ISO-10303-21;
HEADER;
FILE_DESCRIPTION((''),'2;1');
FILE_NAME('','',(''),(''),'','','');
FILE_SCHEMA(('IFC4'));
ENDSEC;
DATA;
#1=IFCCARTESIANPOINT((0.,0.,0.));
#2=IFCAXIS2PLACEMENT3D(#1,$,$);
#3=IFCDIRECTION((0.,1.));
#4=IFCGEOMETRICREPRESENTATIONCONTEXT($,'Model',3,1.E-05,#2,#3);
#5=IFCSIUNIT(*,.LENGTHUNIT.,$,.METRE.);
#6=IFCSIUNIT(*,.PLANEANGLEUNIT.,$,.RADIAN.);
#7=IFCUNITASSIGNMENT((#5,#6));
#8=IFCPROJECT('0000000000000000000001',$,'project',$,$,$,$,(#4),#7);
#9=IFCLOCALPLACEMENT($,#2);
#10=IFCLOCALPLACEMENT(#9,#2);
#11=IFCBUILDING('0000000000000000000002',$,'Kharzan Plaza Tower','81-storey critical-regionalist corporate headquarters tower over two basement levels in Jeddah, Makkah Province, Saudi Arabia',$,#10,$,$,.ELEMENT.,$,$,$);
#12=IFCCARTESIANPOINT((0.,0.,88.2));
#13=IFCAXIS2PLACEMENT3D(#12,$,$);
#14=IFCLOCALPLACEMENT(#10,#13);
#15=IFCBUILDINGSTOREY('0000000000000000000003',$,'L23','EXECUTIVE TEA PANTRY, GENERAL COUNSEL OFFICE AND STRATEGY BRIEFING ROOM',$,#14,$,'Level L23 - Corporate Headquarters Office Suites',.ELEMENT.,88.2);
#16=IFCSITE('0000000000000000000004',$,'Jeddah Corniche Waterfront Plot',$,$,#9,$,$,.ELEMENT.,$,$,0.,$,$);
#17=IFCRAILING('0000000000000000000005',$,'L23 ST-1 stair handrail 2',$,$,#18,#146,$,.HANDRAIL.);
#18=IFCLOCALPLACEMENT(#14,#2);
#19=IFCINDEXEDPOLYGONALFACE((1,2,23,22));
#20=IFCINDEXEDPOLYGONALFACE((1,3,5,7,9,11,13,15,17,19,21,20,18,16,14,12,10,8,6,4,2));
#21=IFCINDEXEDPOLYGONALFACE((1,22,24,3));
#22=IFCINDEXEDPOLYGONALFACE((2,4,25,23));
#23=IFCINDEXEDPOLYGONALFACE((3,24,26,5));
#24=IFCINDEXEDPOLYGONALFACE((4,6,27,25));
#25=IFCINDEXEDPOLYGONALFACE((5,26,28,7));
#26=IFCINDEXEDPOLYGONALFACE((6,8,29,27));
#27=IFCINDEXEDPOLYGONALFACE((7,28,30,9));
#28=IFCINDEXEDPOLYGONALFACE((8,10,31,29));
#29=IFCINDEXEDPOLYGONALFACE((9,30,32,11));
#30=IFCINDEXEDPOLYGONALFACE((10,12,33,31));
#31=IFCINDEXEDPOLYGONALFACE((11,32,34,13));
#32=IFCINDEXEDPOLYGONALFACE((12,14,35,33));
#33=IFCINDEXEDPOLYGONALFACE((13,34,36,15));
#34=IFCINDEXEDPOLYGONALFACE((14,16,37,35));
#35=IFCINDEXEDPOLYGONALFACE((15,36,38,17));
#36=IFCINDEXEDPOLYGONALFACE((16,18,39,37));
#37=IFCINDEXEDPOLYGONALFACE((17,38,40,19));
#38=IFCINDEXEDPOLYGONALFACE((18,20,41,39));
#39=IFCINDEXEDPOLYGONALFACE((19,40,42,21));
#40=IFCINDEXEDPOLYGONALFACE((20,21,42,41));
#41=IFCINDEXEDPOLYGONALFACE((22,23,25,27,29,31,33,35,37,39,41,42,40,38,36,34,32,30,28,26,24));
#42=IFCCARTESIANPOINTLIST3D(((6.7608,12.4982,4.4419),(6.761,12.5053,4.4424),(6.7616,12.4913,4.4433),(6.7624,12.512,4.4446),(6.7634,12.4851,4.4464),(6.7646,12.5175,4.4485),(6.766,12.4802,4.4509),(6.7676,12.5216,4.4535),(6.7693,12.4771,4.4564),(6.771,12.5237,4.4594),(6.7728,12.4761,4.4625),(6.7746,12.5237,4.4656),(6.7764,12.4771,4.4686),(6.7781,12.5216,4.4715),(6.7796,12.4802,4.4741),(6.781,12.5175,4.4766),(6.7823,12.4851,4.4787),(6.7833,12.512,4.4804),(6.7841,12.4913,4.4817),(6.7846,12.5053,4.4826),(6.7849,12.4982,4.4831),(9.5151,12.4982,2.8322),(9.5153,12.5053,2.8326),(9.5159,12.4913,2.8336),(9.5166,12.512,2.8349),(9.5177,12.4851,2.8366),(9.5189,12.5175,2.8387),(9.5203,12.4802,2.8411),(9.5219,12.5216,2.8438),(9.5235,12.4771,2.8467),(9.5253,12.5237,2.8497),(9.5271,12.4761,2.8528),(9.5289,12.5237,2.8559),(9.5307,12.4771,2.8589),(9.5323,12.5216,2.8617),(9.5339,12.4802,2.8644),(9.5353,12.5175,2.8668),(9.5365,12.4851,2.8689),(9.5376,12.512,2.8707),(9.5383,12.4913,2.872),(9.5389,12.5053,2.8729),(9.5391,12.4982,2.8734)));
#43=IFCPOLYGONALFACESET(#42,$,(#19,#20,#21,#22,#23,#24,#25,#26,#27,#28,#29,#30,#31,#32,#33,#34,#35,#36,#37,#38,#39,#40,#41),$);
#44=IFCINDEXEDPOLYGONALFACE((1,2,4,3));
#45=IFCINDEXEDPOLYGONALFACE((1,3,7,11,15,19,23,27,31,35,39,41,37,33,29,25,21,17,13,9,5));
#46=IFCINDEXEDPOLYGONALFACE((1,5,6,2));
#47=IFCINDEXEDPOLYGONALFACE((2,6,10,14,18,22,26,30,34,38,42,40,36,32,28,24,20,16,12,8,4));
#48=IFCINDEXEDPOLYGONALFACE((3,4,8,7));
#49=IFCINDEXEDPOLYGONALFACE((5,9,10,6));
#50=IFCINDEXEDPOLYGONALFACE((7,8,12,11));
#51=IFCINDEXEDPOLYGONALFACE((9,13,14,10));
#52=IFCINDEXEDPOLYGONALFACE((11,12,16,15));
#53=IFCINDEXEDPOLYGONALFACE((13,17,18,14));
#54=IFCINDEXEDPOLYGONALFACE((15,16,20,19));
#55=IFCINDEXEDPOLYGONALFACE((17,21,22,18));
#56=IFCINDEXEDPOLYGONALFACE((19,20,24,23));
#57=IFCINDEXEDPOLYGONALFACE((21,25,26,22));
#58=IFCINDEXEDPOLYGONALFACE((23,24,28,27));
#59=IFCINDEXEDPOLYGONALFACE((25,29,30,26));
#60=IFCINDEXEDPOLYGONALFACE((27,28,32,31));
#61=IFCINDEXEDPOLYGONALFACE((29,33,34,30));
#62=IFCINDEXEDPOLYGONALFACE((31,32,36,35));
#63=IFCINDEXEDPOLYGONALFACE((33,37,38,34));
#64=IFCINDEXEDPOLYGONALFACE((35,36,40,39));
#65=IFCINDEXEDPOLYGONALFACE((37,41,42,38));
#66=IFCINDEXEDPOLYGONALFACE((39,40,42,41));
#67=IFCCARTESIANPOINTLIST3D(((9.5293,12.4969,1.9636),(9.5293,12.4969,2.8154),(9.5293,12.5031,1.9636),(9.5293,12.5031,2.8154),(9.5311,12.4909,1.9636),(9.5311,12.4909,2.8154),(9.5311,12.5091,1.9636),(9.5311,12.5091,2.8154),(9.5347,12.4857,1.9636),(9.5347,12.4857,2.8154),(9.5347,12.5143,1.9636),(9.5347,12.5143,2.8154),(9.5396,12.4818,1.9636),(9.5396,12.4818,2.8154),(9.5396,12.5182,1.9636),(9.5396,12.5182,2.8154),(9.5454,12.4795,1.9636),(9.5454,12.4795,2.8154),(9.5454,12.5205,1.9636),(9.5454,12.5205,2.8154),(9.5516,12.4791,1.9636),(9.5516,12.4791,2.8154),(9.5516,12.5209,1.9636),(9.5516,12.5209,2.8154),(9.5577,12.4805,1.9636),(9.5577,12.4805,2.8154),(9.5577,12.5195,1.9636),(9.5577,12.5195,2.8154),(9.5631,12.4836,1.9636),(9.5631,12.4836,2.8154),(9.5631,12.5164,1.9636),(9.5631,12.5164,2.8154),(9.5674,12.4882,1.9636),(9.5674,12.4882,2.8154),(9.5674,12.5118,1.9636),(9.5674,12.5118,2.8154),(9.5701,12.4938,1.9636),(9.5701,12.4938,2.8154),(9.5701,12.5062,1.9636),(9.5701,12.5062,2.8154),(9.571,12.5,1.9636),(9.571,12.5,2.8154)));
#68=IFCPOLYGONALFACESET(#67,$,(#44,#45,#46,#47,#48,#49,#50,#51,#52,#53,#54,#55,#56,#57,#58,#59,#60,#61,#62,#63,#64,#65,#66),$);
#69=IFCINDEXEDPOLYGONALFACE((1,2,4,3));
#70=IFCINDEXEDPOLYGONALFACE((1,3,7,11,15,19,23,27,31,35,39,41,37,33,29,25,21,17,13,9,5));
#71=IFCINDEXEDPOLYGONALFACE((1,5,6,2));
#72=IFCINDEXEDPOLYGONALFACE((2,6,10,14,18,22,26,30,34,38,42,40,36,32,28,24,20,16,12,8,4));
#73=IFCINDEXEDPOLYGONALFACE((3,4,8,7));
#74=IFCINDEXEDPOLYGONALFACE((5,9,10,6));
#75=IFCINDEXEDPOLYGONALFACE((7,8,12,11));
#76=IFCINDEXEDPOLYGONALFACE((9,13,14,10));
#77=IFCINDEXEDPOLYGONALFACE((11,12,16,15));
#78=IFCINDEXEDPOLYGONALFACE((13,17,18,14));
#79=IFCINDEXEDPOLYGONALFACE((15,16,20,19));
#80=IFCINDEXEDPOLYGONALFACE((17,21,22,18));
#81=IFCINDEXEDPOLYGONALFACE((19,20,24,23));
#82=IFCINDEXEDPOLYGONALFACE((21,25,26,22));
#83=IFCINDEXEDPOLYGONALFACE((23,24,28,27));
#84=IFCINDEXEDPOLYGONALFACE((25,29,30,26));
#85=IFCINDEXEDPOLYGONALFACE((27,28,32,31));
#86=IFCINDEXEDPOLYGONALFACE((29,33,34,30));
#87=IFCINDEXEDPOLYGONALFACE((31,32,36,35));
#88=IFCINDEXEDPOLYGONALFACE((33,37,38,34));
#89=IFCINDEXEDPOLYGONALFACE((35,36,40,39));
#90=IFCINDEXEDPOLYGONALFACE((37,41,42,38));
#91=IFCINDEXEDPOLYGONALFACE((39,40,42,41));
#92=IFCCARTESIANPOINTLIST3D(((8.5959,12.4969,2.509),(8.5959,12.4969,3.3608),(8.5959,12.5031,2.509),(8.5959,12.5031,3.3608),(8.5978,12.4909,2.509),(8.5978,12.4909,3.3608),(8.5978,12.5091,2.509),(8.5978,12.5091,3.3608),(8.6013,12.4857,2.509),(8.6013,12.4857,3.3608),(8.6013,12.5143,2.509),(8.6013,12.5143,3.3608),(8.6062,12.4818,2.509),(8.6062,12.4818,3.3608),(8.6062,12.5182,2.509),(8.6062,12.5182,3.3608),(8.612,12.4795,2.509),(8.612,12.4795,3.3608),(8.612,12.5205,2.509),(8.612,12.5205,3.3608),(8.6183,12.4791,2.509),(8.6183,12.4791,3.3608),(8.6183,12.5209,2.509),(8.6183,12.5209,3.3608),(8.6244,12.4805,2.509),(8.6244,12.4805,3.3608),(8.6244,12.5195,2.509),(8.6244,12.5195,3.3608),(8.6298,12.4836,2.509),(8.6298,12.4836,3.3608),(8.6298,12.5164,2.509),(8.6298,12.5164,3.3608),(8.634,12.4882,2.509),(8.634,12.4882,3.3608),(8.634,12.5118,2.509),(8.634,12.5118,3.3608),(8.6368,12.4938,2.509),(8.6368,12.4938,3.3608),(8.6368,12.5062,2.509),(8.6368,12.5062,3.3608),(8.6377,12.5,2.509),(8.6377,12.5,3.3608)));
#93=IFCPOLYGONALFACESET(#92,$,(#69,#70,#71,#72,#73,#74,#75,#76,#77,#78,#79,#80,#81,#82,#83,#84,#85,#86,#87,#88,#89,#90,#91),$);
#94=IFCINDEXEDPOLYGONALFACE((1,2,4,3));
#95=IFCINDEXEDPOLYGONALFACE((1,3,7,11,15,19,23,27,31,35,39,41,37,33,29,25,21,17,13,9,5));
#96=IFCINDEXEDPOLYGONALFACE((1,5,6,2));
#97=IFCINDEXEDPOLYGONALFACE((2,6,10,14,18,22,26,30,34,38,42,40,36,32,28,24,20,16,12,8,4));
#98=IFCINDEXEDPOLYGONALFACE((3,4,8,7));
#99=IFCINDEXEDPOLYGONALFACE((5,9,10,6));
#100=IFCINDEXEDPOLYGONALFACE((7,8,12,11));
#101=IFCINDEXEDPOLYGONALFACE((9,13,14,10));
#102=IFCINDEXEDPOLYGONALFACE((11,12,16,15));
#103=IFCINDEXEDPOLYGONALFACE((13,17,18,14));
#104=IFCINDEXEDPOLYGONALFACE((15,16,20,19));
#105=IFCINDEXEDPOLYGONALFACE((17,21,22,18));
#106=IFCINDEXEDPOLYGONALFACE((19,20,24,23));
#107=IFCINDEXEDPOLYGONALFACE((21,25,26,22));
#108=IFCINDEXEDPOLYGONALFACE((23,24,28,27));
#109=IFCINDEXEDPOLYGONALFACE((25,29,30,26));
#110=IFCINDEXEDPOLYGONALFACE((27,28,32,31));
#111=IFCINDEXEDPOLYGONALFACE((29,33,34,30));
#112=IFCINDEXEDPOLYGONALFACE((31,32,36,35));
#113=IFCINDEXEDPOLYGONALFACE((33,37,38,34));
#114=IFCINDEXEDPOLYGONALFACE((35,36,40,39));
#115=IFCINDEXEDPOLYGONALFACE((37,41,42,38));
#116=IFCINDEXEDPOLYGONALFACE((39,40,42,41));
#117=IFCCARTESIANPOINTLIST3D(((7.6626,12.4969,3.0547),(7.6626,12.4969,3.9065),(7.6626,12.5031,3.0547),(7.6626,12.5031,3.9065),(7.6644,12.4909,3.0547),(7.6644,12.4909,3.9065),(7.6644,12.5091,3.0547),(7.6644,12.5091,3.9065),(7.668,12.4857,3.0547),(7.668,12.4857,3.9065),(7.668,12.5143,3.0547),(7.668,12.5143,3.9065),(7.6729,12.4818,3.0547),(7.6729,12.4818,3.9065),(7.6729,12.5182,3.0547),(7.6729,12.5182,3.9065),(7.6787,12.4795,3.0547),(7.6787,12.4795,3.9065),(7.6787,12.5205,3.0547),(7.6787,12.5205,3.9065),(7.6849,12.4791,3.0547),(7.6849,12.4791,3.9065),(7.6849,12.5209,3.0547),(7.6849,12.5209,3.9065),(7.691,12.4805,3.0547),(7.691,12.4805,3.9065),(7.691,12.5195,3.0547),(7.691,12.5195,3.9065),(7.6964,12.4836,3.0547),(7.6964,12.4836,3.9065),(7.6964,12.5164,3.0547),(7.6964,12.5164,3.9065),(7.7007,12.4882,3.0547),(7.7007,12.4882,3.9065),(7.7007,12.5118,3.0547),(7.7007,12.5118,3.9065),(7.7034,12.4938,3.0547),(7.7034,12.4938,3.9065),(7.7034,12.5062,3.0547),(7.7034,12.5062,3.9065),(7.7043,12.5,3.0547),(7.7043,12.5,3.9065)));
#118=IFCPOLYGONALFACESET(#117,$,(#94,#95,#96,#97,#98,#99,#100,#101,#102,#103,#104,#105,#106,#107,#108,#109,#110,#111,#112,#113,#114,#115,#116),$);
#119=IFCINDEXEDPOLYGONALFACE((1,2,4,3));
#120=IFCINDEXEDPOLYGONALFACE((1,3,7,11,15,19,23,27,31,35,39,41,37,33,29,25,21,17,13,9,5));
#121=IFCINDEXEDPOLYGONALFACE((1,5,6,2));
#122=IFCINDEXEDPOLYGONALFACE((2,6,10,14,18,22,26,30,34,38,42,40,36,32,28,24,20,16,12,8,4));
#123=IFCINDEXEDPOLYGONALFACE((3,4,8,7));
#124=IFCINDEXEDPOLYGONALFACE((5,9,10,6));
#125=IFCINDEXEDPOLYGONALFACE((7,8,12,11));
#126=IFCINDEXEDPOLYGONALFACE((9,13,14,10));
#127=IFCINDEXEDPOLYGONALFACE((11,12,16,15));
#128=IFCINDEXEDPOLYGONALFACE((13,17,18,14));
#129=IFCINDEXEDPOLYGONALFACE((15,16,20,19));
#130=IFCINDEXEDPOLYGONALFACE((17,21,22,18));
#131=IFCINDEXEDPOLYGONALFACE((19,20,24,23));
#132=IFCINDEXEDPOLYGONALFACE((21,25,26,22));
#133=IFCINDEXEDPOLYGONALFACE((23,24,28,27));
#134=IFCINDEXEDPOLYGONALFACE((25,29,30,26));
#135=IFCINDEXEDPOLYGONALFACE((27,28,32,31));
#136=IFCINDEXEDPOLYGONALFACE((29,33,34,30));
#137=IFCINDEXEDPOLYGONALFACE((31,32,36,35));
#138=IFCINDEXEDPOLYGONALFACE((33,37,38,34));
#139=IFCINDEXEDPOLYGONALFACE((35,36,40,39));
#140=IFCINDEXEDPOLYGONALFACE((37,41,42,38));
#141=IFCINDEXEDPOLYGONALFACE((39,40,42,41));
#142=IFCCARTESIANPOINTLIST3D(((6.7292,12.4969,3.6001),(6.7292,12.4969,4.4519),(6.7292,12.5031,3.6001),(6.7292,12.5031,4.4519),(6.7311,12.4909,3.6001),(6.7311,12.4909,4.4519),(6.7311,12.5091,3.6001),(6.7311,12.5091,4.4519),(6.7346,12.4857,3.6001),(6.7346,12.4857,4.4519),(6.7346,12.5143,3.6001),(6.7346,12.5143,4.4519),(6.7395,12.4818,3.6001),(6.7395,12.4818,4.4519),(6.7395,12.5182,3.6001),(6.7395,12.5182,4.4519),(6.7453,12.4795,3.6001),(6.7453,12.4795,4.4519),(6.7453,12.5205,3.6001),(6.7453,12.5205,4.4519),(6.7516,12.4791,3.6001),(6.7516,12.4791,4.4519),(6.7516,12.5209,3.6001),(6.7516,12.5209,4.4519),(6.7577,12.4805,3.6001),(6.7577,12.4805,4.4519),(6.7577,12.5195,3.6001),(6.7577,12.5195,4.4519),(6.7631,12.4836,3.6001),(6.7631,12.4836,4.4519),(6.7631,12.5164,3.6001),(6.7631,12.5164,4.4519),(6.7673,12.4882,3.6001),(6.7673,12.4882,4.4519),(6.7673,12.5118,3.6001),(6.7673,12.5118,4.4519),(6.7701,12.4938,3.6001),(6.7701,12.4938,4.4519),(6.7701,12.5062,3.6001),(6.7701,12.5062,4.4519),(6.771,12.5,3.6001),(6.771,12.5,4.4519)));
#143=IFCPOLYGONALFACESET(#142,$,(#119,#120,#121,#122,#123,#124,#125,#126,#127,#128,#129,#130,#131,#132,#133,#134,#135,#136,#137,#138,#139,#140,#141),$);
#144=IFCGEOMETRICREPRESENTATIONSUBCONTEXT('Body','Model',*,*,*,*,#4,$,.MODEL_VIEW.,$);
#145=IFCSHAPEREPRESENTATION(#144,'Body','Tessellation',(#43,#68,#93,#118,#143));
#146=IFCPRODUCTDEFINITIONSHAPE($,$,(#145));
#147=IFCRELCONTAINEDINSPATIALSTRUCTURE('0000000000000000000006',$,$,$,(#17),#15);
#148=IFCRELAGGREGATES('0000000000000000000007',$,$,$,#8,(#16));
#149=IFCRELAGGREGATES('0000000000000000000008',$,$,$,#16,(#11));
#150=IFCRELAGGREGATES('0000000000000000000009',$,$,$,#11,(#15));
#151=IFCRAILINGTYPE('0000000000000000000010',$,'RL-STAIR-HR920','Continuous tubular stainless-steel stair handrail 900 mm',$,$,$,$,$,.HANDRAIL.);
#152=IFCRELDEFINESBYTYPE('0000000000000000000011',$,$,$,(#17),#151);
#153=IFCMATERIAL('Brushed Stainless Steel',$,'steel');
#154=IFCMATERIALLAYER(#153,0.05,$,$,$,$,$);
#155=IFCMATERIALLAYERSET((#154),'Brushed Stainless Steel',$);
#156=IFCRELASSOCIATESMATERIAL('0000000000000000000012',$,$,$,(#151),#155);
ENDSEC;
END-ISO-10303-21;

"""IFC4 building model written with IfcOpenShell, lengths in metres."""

from ifc_helpers import new_model, si_unit, direction, frame, origin, origin_2d, place, context, subcontext, project, spatial, circle, extrude, source, transform, mapped, material, layer, layer_set, type_object, element, save


model = new_model("IFC4")

# Units and contexts
model_context = context("Model", 3, precision=1e-05, world=origin(), true_north=direction((0.0, 1.0)))
body_context = subcontext(model_context, "Body", "Model", "MODEL_VIEW")
ifc_project = project(units=[si_unit("LENGTHUNIT", "METRE"), si_unit("PLANEANGLEUNIT", "RADIAN")], contexts=[model_context])

# Site, building, storey
site_placement = place(None, origin())
site = spatial("IfcSite", under=ifc_project, at=site_placement, Name="Jeddah Corniche Waterfront Plot", CompositionType="ELEMENT", RefElevation=0.0)
building_placement = place(site_placement, origin())
building = spatial("IfcBuilding", under=site, at=building_placement, Name="Kharzan Plaza Tower", Description="81-storey critical-regionalist corporate headquarters tower over two basement levels in Jeddah, Makkah Province, Saudi Arabia", CompositionType="ELEMENT")
storey_placement = place(building_placement, frame((0.0, 0.0, 88.2)))
storey = spatial("IfcBuildingStorey", under=building, at=storey_placement, Name="L23", Description="EXECUTIVE TEA PANTRY, GENERAL COUNSEL OFFICE AND STRATEGY BRIEFING ROOM", LongName="Level L23 - Corporate Headquarters Office Suites", CompositionType="ELEMENT", Elevation=88.2)

# Shared definitions
ifc_material_1 = material(Name="Brushed Stainless Steel", Category="steel")

# Railing
ifc_layer_1 = layer(ifc_material_1, 0.05)
ifc_layer_set_1 = layer_set([ifc_layer_1], Name="Brushed Stainless Steel")
railing_type = type_object("IfcRailingType", Name="RL-STAIR-HR920", Description="Continuous tubular stainless-steel stair handrail 900 mm", PredefinedType="HANDRAIL", material=ifc_layer_set_1)
shared_shape_1 = source(origin(), body_context, "Body", "SweptSolid", [
    extrude(circle(Radius=0.0239, at=origin_2d()), frame((-0.0229, 0.0, 0.8892), z_axis=(-0.863361, 0.0, 0.504587), x_axis=(0.0, -1.0, 0.0)), (0.0, 0.0, 1.0), 3.1902),
    extrude(circle(Radius=0.021, at=origin_2d()), origin(), (0.0, 0.0, 1.0), 0.8518),
    extrude(circle(Radius=0.021, at=origin_2d()), frame((-0.9333, 0.0, 0.5454)), (0.0, 0.0, 1.0), 0.8518),
    extrude(circle(Radius=0.021, at=origin_2d()), frame((-1.8667, 0.0, 1.0911)), (0.0, 0.0, 1.0), 0.8518),
    extrude(circle(Radius=0.021, at=origin_2d()), frame((-2.8, 0.0, 1.6365)), (0.0, 0.0, 1.0), 0.8518),
])
railing_placement = place(storey_placement, frame((9.55, 12.5, 1.9636)))
element("IfcRailing", 1, at=railing_placement, inside=storey, type_object=railing_type, Name="L23 ST-1 stair handrail 2", PredefinedType="HANDRAIL", context=body_context, shape_type="MappedRepresentation", body=[
    mapped(shared_shape_1, transform((0.0, 0.0, 0.0), x_axis=(1.0, 0.0, 0.0), y_axis=(0.0, 1.0, 0.0), z_axis=(0.0, 0.0, 1.0))),
])

save(model, "model.ifc")
